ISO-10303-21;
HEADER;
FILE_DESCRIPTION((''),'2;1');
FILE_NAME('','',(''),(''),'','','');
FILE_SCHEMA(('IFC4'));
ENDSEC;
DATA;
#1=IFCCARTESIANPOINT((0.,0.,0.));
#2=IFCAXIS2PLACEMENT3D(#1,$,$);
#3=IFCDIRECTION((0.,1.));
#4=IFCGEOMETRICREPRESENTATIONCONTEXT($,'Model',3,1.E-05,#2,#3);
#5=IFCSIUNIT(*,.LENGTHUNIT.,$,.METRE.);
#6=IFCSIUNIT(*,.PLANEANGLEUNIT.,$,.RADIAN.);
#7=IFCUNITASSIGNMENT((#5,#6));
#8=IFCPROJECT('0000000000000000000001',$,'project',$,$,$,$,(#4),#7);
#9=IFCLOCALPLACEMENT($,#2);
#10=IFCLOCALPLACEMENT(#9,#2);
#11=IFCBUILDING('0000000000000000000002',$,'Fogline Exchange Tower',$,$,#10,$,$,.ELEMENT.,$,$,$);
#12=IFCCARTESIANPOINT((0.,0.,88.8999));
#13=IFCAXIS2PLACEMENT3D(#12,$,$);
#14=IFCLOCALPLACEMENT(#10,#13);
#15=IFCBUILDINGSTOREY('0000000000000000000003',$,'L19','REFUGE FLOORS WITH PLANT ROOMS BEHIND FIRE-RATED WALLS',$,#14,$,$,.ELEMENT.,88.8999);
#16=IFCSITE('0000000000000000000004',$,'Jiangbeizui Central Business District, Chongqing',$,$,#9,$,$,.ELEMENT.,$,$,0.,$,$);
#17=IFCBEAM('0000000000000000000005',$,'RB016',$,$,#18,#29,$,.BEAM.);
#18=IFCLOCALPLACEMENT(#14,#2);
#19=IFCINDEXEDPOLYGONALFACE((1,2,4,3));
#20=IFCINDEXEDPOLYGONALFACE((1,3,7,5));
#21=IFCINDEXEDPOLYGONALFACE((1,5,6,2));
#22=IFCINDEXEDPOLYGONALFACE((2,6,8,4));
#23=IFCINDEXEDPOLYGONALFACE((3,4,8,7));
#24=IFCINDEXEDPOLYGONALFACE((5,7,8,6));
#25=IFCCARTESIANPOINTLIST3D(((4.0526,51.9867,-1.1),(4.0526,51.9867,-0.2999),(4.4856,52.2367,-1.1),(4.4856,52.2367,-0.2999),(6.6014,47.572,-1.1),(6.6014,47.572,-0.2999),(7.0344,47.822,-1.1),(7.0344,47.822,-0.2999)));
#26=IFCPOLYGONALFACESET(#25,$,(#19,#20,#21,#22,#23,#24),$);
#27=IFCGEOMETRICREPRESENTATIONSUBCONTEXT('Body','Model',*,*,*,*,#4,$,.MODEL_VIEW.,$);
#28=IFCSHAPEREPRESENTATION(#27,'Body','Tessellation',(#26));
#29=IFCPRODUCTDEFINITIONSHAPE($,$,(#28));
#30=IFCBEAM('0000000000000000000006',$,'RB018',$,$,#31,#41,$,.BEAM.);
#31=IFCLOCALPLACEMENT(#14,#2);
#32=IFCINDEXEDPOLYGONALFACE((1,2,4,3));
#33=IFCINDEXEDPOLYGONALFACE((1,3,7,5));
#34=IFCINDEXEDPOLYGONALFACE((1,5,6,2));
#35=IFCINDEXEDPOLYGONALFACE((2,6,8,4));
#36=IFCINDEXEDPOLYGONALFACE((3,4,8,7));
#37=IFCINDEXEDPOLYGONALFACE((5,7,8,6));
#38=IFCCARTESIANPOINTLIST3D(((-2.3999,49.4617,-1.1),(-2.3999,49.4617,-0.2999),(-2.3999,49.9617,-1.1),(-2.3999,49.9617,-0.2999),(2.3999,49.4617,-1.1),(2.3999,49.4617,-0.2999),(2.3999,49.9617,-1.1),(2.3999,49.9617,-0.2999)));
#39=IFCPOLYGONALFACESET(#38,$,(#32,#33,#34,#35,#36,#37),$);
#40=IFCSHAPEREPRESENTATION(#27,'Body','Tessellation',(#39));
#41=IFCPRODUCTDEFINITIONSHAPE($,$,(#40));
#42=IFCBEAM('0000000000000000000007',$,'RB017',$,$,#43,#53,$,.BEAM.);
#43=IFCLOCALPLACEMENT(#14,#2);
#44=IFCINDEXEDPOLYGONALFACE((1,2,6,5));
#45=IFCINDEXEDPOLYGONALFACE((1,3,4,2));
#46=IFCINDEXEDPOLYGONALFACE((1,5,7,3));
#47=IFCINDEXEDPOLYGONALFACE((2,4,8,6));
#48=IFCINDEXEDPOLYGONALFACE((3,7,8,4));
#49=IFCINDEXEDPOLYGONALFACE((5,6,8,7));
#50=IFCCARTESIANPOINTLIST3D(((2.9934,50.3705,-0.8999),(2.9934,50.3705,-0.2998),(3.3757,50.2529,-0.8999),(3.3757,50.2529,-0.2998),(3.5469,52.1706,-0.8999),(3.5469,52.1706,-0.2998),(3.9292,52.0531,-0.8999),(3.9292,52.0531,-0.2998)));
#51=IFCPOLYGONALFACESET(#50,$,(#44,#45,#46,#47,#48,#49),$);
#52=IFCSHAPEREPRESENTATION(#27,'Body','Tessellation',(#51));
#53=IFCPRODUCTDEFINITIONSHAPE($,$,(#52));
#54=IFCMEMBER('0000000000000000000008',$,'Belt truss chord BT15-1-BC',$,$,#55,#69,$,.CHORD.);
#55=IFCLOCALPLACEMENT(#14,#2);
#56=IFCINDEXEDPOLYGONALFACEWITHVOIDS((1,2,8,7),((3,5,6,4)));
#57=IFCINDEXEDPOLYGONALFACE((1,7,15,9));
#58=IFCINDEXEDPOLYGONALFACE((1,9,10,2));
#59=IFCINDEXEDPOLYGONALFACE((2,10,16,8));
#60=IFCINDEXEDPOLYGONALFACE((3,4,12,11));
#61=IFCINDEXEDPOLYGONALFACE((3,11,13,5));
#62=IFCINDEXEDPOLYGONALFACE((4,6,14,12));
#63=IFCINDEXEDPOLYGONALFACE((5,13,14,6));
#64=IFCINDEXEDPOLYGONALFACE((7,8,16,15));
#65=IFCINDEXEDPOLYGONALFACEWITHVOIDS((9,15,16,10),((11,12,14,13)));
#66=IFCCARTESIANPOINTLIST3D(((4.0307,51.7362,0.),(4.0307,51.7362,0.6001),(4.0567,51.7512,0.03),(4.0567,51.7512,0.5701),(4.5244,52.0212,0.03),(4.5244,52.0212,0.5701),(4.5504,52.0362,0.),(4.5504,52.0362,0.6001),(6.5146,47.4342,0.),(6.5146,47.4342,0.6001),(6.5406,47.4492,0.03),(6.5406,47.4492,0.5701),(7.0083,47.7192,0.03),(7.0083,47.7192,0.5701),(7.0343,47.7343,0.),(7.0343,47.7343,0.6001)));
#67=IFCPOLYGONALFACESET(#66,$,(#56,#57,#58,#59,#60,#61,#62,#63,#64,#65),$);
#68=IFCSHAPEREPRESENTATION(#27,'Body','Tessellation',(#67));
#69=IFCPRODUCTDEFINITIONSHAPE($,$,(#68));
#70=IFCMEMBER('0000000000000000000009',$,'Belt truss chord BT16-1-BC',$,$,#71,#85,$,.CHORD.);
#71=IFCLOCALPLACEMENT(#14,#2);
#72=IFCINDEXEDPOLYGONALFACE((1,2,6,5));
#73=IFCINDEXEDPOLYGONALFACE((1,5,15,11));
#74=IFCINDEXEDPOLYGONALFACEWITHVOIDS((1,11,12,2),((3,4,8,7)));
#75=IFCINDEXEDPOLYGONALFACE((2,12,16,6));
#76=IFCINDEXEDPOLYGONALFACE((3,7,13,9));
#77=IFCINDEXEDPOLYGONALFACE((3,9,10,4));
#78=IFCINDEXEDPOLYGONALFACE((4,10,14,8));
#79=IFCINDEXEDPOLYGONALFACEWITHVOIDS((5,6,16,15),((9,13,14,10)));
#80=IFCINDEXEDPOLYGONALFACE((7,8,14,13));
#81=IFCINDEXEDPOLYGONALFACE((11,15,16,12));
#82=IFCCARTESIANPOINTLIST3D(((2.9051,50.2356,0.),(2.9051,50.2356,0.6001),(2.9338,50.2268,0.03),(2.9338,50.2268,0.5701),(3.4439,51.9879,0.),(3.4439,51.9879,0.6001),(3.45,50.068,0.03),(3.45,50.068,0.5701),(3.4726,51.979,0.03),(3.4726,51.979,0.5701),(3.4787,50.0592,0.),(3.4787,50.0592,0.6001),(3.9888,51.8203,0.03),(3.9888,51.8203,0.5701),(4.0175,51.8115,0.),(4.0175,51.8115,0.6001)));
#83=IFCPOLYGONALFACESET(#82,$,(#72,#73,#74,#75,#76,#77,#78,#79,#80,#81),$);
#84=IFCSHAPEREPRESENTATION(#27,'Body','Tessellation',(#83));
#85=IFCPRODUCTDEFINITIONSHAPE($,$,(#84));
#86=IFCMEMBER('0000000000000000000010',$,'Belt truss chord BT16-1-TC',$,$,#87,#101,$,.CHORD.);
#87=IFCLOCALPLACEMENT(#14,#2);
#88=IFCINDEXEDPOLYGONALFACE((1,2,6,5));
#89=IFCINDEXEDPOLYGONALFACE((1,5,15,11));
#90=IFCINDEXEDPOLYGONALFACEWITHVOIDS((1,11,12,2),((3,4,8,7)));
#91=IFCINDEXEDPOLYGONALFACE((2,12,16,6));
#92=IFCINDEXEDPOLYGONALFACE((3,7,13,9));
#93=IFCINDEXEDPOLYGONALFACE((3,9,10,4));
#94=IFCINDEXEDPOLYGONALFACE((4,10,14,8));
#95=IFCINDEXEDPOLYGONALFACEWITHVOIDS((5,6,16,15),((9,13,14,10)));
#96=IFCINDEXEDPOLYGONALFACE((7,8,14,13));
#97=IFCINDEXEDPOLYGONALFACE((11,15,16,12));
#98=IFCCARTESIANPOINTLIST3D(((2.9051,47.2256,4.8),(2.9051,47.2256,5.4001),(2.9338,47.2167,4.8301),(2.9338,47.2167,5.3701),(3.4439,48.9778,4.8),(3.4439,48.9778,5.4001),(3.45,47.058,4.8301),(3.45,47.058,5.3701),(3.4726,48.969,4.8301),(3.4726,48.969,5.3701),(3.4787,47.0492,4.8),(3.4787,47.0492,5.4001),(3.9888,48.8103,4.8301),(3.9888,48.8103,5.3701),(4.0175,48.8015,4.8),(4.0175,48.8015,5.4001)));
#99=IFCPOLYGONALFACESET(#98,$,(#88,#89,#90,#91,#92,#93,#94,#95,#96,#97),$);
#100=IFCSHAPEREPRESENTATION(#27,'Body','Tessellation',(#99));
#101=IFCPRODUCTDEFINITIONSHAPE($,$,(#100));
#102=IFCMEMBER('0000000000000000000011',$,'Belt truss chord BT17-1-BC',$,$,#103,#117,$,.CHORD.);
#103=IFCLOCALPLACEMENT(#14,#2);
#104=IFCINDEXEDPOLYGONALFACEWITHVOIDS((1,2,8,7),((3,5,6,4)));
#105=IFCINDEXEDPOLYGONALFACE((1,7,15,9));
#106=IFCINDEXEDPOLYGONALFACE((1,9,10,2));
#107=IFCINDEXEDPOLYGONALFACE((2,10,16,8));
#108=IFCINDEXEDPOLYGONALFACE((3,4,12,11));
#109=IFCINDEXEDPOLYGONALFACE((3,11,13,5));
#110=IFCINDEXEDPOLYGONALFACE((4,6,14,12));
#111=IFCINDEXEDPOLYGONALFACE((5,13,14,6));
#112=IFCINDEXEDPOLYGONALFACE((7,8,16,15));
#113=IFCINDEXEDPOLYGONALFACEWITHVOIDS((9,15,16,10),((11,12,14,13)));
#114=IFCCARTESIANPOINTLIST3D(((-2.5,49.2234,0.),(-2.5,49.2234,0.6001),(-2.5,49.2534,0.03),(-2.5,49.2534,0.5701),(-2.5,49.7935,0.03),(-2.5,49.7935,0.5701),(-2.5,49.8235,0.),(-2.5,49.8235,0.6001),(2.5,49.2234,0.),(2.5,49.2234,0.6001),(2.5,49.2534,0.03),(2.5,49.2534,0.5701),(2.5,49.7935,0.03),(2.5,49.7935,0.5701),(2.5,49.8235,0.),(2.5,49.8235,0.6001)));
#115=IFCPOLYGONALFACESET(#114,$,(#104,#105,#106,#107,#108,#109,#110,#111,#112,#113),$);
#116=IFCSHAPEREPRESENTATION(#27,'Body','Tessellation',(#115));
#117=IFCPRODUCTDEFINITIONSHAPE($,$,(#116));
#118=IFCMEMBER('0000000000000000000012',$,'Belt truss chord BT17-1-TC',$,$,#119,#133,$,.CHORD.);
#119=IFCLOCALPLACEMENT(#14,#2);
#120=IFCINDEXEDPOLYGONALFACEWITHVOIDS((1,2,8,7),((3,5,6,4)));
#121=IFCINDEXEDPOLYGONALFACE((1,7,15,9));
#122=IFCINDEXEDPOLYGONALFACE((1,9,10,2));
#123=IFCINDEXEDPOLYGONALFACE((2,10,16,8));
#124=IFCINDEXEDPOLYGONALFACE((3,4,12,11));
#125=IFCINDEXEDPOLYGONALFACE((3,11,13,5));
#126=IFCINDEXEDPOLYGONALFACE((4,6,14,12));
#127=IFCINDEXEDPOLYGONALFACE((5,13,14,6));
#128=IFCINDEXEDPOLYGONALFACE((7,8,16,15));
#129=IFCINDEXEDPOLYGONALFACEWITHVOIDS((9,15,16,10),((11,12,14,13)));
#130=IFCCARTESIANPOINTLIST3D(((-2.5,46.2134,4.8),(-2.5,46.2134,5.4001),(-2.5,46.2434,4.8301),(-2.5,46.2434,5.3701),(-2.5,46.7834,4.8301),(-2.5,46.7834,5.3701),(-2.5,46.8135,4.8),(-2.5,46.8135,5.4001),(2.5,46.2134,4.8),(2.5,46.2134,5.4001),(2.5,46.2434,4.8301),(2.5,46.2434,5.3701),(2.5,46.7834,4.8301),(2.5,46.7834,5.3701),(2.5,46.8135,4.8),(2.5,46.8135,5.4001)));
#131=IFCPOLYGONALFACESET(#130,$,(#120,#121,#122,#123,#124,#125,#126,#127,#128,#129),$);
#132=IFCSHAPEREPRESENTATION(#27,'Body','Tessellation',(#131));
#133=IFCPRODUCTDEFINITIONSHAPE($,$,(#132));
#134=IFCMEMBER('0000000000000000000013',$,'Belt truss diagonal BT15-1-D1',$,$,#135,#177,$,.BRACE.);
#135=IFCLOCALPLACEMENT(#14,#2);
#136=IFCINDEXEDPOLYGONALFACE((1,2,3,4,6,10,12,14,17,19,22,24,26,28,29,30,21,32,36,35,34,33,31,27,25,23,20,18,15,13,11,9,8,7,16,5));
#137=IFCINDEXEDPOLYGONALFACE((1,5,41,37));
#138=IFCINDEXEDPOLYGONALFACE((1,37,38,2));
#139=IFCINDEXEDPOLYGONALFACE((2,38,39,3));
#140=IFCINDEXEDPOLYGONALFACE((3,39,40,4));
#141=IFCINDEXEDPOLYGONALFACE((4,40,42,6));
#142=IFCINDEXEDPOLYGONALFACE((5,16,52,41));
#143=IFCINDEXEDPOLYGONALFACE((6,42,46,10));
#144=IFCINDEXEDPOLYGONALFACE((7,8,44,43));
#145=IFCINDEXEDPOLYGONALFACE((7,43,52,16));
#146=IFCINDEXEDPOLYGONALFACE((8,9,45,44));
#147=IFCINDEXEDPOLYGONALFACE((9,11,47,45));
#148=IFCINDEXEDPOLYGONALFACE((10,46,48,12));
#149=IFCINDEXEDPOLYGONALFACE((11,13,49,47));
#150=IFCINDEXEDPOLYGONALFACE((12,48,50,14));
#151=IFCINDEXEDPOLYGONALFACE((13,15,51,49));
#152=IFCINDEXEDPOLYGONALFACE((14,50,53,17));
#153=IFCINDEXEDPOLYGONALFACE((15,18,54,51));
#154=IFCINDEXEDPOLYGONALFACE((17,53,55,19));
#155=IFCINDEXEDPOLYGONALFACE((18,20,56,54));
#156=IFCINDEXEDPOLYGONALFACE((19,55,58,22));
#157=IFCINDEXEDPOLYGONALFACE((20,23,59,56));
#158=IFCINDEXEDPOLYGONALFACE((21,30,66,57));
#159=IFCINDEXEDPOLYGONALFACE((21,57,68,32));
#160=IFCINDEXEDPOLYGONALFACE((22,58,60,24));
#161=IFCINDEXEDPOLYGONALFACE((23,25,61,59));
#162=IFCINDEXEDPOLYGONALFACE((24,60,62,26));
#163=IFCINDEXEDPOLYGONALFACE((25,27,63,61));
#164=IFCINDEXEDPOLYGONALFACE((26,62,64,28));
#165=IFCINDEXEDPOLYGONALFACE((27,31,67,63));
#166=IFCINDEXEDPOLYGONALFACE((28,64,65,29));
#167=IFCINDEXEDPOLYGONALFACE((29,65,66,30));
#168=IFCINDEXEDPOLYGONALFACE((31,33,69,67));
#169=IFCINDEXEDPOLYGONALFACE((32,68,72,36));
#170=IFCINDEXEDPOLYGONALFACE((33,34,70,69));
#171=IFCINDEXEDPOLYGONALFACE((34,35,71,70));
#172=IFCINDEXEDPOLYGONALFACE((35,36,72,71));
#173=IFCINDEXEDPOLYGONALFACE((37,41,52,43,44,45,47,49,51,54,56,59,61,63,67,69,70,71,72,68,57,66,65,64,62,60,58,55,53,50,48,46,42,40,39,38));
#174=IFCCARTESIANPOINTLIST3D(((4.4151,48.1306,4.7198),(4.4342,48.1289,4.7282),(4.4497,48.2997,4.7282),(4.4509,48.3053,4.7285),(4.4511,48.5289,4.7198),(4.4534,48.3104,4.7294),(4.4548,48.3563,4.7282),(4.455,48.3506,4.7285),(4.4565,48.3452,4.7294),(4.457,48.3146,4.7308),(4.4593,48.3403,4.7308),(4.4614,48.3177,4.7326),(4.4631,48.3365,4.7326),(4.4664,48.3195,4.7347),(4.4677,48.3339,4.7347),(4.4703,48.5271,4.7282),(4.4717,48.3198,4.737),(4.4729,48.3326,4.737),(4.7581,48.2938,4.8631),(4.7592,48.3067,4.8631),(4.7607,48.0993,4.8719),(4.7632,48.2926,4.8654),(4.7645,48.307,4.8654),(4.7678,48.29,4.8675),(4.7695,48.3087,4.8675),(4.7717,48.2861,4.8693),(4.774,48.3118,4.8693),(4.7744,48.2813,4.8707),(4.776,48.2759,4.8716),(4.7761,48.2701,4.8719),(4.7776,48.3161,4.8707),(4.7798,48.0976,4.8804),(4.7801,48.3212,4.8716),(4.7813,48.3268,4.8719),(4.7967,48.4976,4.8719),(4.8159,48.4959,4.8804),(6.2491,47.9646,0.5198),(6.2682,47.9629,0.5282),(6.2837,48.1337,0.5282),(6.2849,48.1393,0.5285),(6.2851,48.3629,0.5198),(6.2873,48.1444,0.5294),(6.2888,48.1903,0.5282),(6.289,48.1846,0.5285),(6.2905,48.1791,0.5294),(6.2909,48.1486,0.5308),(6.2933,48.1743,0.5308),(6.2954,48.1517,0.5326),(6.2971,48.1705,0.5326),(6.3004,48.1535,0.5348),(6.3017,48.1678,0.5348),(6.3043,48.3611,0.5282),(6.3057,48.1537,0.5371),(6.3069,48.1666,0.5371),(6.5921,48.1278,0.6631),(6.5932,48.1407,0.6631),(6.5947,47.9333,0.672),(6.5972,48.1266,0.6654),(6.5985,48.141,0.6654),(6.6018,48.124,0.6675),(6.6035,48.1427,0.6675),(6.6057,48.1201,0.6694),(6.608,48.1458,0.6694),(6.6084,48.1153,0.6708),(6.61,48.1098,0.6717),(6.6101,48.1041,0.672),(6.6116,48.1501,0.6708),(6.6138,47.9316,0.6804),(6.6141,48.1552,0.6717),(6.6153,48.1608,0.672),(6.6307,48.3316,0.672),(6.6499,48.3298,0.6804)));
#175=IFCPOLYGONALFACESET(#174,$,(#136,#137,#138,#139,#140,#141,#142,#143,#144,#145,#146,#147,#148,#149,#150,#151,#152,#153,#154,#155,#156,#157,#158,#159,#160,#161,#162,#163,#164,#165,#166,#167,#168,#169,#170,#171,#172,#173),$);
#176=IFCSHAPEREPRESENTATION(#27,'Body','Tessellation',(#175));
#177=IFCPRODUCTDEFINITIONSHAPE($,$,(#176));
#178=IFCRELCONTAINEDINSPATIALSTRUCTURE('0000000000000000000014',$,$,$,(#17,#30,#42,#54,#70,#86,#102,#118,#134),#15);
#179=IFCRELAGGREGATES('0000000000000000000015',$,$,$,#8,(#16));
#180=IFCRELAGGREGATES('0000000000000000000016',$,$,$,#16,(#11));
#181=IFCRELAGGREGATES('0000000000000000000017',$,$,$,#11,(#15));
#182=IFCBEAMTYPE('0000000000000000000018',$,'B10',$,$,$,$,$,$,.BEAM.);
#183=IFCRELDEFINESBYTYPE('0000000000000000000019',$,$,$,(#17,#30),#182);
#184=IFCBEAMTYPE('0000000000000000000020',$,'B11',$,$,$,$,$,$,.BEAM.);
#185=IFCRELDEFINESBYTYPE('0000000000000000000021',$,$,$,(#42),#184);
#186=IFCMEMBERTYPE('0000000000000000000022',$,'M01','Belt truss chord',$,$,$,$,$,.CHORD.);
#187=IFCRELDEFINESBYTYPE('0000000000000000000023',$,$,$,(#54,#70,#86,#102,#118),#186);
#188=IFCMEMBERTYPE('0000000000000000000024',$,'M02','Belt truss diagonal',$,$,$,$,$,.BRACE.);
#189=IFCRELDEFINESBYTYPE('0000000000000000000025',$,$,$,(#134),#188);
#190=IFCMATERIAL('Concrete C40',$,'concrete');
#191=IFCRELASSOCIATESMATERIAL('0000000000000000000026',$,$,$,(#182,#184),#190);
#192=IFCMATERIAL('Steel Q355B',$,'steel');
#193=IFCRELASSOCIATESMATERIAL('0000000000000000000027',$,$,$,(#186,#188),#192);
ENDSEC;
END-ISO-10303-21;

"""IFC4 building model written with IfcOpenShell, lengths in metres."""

from ifc_helpers import new_model, si_unit, direction, frame, origin, origin_2d, place, context, subcontext, project, spatial, rectangle, hollow_rectangle, i_section, extrude, material, material_profile, profile_set, type_object, element, save


model = new_model("IFC4")

# Units and contexts
model_context = context("Model", 3, precision=1e-05, world=origin(), true_north=direction((0.0, 1.0)))
body_context = subcontext(model_context, "Body", "Model", "MODEL_VIEW")
ifc_project = project(units=[si_unit("LENGTHUNIT", "METRE"), si_unit("PLANEANGLEUNIT", "RADIAN")], contexts=[model_context])

# Site, building, storey
site_placement = place(None, origin())
site = spatial("IfcSite", under=ifc_project, at=site_placement, Name="Jiangbeizui Central Business District, Chongqing", CompositionType="ELEMENT", RefElevation=0.0)
building_placement = place(site_placement, origin())
building = spatial("IfcBuilding", under=site, at=building_placement, Name="Fogline Exchange Tower", CompositionType="ELEMENT")
storey_placement = place(building_placement, frame((0.0, 0.0, 88.8999)))
storey = spatial("IfcBuildingStorey", under=building, at=storey_placement, Name="L19", Description="REFUGE FLOORS WITH PLANT ROOMS BEHIND FIRE-RATED WALLS", CompositionType="ELEMENT", Elevation=88.8999)

# Beams
ifc_material_1 = material(Name="Concrete C40", Category="concrete")
ifc_material_profile_1 = material_profile(ifc_material_1, rectangle(XDim=0.5, YDim=0.8, at=origin_2d()), Name="RC 500x800")
ifc_profile_set_1 = profile_set([ifc_material_profile_1], Name="Concrete C40")
beam_type_1 = type_object("IfcBeamType", Name="B10", PredefinedType="BEAM", material=ifc_profile_set_1)
beam_1_placement = place(storey_placement, frame((6.8179, 47.697, -0.7), z_axis=(-0.499992, 0.86603, 0.0), x_axis=(-0.86603, -0.499992, 0.0)))
element("IfcBeam", 1, at=beam_1_placement, inside=storey, type_object=beam_type_1, Name="RB016", PredefinedType="BEAM", context=body_context, shape_type="SweptSolid", body=[
    extrude(rectangle(XDim=0.5, YDim=0.8, at=origin_2d()), origin(), (0.0, 0.0, 1.0), 5.0977),
])
beam_2_placement = place(storey_placement, frame((2.3999, 49.7117, -0.7), z_axis=(-1.0, 0.0, 0.0), x_axis=(0.0, -1.0, 0.0)))
element("IfcBeam", 2, at=beam_2_placement, inside=storey, type_object=beam_type_1, Name="RB018", PredefinedType="BEAM", context=body_context, shape_type="SweptSolid", body=[
    extrude(rectangle(XDim=0.5, YDim=0.8, at=origin_2d()), origin(), (0.0, 0.0, 1.0), 4.7998),
])
ifc_material_profile_2 = material_profile(ifc_material_1, rectangle(XDim=0.3999, YDim=0.6001, at=origin_2d()), Name="RC 400x600")
ifc_profile_set_2 = profile_set([ifc_material_profile_2], Name="Concrete C40")
beam_type_2 = type_object("IfcBeamType", Name="B11", PredefinedType="BEAM", material=ifc_profile_set_2)
beam_3_placement = place(storey_placement, frame((3.738, 52.1118, -0.5999), z_axis=(-0.293895, -0.955838, 0.0), x_axis=(0.955838, -0.293895, 0.0)))
element("IfcBeam", 3, at=beam_3_placement, inside=storey, type_object=beam_type_2, Name="RB017", PredefinedType="BEAM", context=body_context, shape_type="SweptSolid", body=[
    extrude(rectangle(XDim=0.3999, YDim=0.6001, at=origin_2d()), origin(), (0.0, 0.0, 1.0), 1.8833),
])

# Members
ifc_material_2 = material(Name="Steel Q355B", Category="steel")
ifc_material_profile_3 = material_profile(ifc_material_2, hollow_rectangle(XDim=0.6001, YDim=0.6001, WallThickness=0.03, at=origin_2d()), Name="BOX600X600X30")
ifc_profile_set_3 = profile_set([ifc_material_profile_3], Name="Steel Q355B")
member_type_1 = type_object("IfcMemberType", Name="M01", Description="Belt truss chord", PredefinedType="CHORD", material=ifc_profile_set_3)
member_1_placement = place(storey_placement, frame((6.7744, 47.5842, 0.3), z_axis=(-0.500019, 0.866015, 0.0), x_axis=(-0.866015, -0.500019, 0.0)))
element("IfcMember", 4, at=member_1_placement, inside=storey, type_object=member_type_1, Name="Belt truss chord BT15-1-BC", PredefinedType="CHORD", context=body_context, shape_type="SweptSolid", body=[
    extrude(hollow_rectangle(XDim=0.6001, YDim=0.6001, WallThickness=0.03, at=origin_2d()), origin(), (0.0, 0.0, 1.0), 4.9675),
])
for number, where, z_axis, x_axis, name in (
    (5, (3.7307, 51.8997, 0.3), (-0.293927, -0.955828, 0.0), (0.955828, -0.293927, 0.0), "Belt truss chord BT16-1-BC"),
    (6, (3.7307, 48.8896, 5.1001), (-0.293927, -0.955828, 0.0), (0.955828, -0.293927, 0.0), "Belt truss chord BT16-1-TC"),
):
    element("IfcMember", number, at=place(storey_placement, frame(where, z_axis=z_axis, x_axis=x_axis)), inside=storey, type_object=member_type_1, Name=name, PredefinedType="CHORD", context=body_context, shape_type="SweptSolid", body=[
        extrude(hollow_rectangle(XDim=0.6001, YDim=0.6001, WallThickness=0.03, at=origin_2d()), origin(), (0.0, 0.0, 1.0), 1.8333),
    ])
for number, where, z_axis, x_axis, name in (
    (7, (2.5, 49.5234, 0.3), (-1.0, 0.0, 0.0), (0.0, -1.0, 0.0), "Belt truss chord BT17-1-BC"),
    (8, (2.5, 46.5134, 5.1001), (-1.0, 0.0, 0.0), (0.0, -1.0, 0.0), "Belt truss chord BT17-1-TC"),
):
    element("IfcMember", number, at=place(storey_placement, frame(where, z_axis=z_axis, x_axis=x_axis)), inside=storey, type_object=member_type_1, Name=name, PredefinedType="CHORD", context=body_context, shape_type="SweptSolid", body=[
        extrude(hollow_rectangle(XDim=0.6001, YDim=0.6001, WallThickness=0.03, at=origin_2d()), origin(), (0.0, 0.0, 1.0), 5.0),
    ])
ifc_material_profile_4 = material_profile(ifc_material_2, i_section(OverallWidth=0.3999, OverallDepth=0.3999, WebThickness=0.0129, FlangeThickness=0.021, FilletRadius=0.022, at=origin_2d()), Name="HW400X400X13X21")
ifc_profile_set_4 = profile_set([ifc_material_profile_4], Name="Steel Q355B")
member_type_2 = type_object("IfcMemberType", Name="M02", Description="Belt truss diagonal", PredefinedType="BRACE", material=ifc_profile_set_4)
member_2_placement = place(storey_placement, frame((6.4495, 48.1472, 0.6001), z_axis=(-0.399916, 0.036201, 0.915836), x_axis=(-0.090153, -0.995928, 0.0)))
element("IfcMember", 9, at=member_2_placement, inside=storey, type_object=member_type_2, Name="Belt truss diagonal BT15-1-D1", PredefinedType="BRACE", context=body_context, shape_type="SweptSolid", body=[
    extrude(i_section(OverallWidth=0.3999, OverallDepth=0.3999, WebThickness=0.0129, FlangeThickness=0.021, FilletRadius=0.022, at=origin_2d()), origin(), (0.0, 0.0, 1.0), 4.5859),
])

save(model, "model.ifc")
